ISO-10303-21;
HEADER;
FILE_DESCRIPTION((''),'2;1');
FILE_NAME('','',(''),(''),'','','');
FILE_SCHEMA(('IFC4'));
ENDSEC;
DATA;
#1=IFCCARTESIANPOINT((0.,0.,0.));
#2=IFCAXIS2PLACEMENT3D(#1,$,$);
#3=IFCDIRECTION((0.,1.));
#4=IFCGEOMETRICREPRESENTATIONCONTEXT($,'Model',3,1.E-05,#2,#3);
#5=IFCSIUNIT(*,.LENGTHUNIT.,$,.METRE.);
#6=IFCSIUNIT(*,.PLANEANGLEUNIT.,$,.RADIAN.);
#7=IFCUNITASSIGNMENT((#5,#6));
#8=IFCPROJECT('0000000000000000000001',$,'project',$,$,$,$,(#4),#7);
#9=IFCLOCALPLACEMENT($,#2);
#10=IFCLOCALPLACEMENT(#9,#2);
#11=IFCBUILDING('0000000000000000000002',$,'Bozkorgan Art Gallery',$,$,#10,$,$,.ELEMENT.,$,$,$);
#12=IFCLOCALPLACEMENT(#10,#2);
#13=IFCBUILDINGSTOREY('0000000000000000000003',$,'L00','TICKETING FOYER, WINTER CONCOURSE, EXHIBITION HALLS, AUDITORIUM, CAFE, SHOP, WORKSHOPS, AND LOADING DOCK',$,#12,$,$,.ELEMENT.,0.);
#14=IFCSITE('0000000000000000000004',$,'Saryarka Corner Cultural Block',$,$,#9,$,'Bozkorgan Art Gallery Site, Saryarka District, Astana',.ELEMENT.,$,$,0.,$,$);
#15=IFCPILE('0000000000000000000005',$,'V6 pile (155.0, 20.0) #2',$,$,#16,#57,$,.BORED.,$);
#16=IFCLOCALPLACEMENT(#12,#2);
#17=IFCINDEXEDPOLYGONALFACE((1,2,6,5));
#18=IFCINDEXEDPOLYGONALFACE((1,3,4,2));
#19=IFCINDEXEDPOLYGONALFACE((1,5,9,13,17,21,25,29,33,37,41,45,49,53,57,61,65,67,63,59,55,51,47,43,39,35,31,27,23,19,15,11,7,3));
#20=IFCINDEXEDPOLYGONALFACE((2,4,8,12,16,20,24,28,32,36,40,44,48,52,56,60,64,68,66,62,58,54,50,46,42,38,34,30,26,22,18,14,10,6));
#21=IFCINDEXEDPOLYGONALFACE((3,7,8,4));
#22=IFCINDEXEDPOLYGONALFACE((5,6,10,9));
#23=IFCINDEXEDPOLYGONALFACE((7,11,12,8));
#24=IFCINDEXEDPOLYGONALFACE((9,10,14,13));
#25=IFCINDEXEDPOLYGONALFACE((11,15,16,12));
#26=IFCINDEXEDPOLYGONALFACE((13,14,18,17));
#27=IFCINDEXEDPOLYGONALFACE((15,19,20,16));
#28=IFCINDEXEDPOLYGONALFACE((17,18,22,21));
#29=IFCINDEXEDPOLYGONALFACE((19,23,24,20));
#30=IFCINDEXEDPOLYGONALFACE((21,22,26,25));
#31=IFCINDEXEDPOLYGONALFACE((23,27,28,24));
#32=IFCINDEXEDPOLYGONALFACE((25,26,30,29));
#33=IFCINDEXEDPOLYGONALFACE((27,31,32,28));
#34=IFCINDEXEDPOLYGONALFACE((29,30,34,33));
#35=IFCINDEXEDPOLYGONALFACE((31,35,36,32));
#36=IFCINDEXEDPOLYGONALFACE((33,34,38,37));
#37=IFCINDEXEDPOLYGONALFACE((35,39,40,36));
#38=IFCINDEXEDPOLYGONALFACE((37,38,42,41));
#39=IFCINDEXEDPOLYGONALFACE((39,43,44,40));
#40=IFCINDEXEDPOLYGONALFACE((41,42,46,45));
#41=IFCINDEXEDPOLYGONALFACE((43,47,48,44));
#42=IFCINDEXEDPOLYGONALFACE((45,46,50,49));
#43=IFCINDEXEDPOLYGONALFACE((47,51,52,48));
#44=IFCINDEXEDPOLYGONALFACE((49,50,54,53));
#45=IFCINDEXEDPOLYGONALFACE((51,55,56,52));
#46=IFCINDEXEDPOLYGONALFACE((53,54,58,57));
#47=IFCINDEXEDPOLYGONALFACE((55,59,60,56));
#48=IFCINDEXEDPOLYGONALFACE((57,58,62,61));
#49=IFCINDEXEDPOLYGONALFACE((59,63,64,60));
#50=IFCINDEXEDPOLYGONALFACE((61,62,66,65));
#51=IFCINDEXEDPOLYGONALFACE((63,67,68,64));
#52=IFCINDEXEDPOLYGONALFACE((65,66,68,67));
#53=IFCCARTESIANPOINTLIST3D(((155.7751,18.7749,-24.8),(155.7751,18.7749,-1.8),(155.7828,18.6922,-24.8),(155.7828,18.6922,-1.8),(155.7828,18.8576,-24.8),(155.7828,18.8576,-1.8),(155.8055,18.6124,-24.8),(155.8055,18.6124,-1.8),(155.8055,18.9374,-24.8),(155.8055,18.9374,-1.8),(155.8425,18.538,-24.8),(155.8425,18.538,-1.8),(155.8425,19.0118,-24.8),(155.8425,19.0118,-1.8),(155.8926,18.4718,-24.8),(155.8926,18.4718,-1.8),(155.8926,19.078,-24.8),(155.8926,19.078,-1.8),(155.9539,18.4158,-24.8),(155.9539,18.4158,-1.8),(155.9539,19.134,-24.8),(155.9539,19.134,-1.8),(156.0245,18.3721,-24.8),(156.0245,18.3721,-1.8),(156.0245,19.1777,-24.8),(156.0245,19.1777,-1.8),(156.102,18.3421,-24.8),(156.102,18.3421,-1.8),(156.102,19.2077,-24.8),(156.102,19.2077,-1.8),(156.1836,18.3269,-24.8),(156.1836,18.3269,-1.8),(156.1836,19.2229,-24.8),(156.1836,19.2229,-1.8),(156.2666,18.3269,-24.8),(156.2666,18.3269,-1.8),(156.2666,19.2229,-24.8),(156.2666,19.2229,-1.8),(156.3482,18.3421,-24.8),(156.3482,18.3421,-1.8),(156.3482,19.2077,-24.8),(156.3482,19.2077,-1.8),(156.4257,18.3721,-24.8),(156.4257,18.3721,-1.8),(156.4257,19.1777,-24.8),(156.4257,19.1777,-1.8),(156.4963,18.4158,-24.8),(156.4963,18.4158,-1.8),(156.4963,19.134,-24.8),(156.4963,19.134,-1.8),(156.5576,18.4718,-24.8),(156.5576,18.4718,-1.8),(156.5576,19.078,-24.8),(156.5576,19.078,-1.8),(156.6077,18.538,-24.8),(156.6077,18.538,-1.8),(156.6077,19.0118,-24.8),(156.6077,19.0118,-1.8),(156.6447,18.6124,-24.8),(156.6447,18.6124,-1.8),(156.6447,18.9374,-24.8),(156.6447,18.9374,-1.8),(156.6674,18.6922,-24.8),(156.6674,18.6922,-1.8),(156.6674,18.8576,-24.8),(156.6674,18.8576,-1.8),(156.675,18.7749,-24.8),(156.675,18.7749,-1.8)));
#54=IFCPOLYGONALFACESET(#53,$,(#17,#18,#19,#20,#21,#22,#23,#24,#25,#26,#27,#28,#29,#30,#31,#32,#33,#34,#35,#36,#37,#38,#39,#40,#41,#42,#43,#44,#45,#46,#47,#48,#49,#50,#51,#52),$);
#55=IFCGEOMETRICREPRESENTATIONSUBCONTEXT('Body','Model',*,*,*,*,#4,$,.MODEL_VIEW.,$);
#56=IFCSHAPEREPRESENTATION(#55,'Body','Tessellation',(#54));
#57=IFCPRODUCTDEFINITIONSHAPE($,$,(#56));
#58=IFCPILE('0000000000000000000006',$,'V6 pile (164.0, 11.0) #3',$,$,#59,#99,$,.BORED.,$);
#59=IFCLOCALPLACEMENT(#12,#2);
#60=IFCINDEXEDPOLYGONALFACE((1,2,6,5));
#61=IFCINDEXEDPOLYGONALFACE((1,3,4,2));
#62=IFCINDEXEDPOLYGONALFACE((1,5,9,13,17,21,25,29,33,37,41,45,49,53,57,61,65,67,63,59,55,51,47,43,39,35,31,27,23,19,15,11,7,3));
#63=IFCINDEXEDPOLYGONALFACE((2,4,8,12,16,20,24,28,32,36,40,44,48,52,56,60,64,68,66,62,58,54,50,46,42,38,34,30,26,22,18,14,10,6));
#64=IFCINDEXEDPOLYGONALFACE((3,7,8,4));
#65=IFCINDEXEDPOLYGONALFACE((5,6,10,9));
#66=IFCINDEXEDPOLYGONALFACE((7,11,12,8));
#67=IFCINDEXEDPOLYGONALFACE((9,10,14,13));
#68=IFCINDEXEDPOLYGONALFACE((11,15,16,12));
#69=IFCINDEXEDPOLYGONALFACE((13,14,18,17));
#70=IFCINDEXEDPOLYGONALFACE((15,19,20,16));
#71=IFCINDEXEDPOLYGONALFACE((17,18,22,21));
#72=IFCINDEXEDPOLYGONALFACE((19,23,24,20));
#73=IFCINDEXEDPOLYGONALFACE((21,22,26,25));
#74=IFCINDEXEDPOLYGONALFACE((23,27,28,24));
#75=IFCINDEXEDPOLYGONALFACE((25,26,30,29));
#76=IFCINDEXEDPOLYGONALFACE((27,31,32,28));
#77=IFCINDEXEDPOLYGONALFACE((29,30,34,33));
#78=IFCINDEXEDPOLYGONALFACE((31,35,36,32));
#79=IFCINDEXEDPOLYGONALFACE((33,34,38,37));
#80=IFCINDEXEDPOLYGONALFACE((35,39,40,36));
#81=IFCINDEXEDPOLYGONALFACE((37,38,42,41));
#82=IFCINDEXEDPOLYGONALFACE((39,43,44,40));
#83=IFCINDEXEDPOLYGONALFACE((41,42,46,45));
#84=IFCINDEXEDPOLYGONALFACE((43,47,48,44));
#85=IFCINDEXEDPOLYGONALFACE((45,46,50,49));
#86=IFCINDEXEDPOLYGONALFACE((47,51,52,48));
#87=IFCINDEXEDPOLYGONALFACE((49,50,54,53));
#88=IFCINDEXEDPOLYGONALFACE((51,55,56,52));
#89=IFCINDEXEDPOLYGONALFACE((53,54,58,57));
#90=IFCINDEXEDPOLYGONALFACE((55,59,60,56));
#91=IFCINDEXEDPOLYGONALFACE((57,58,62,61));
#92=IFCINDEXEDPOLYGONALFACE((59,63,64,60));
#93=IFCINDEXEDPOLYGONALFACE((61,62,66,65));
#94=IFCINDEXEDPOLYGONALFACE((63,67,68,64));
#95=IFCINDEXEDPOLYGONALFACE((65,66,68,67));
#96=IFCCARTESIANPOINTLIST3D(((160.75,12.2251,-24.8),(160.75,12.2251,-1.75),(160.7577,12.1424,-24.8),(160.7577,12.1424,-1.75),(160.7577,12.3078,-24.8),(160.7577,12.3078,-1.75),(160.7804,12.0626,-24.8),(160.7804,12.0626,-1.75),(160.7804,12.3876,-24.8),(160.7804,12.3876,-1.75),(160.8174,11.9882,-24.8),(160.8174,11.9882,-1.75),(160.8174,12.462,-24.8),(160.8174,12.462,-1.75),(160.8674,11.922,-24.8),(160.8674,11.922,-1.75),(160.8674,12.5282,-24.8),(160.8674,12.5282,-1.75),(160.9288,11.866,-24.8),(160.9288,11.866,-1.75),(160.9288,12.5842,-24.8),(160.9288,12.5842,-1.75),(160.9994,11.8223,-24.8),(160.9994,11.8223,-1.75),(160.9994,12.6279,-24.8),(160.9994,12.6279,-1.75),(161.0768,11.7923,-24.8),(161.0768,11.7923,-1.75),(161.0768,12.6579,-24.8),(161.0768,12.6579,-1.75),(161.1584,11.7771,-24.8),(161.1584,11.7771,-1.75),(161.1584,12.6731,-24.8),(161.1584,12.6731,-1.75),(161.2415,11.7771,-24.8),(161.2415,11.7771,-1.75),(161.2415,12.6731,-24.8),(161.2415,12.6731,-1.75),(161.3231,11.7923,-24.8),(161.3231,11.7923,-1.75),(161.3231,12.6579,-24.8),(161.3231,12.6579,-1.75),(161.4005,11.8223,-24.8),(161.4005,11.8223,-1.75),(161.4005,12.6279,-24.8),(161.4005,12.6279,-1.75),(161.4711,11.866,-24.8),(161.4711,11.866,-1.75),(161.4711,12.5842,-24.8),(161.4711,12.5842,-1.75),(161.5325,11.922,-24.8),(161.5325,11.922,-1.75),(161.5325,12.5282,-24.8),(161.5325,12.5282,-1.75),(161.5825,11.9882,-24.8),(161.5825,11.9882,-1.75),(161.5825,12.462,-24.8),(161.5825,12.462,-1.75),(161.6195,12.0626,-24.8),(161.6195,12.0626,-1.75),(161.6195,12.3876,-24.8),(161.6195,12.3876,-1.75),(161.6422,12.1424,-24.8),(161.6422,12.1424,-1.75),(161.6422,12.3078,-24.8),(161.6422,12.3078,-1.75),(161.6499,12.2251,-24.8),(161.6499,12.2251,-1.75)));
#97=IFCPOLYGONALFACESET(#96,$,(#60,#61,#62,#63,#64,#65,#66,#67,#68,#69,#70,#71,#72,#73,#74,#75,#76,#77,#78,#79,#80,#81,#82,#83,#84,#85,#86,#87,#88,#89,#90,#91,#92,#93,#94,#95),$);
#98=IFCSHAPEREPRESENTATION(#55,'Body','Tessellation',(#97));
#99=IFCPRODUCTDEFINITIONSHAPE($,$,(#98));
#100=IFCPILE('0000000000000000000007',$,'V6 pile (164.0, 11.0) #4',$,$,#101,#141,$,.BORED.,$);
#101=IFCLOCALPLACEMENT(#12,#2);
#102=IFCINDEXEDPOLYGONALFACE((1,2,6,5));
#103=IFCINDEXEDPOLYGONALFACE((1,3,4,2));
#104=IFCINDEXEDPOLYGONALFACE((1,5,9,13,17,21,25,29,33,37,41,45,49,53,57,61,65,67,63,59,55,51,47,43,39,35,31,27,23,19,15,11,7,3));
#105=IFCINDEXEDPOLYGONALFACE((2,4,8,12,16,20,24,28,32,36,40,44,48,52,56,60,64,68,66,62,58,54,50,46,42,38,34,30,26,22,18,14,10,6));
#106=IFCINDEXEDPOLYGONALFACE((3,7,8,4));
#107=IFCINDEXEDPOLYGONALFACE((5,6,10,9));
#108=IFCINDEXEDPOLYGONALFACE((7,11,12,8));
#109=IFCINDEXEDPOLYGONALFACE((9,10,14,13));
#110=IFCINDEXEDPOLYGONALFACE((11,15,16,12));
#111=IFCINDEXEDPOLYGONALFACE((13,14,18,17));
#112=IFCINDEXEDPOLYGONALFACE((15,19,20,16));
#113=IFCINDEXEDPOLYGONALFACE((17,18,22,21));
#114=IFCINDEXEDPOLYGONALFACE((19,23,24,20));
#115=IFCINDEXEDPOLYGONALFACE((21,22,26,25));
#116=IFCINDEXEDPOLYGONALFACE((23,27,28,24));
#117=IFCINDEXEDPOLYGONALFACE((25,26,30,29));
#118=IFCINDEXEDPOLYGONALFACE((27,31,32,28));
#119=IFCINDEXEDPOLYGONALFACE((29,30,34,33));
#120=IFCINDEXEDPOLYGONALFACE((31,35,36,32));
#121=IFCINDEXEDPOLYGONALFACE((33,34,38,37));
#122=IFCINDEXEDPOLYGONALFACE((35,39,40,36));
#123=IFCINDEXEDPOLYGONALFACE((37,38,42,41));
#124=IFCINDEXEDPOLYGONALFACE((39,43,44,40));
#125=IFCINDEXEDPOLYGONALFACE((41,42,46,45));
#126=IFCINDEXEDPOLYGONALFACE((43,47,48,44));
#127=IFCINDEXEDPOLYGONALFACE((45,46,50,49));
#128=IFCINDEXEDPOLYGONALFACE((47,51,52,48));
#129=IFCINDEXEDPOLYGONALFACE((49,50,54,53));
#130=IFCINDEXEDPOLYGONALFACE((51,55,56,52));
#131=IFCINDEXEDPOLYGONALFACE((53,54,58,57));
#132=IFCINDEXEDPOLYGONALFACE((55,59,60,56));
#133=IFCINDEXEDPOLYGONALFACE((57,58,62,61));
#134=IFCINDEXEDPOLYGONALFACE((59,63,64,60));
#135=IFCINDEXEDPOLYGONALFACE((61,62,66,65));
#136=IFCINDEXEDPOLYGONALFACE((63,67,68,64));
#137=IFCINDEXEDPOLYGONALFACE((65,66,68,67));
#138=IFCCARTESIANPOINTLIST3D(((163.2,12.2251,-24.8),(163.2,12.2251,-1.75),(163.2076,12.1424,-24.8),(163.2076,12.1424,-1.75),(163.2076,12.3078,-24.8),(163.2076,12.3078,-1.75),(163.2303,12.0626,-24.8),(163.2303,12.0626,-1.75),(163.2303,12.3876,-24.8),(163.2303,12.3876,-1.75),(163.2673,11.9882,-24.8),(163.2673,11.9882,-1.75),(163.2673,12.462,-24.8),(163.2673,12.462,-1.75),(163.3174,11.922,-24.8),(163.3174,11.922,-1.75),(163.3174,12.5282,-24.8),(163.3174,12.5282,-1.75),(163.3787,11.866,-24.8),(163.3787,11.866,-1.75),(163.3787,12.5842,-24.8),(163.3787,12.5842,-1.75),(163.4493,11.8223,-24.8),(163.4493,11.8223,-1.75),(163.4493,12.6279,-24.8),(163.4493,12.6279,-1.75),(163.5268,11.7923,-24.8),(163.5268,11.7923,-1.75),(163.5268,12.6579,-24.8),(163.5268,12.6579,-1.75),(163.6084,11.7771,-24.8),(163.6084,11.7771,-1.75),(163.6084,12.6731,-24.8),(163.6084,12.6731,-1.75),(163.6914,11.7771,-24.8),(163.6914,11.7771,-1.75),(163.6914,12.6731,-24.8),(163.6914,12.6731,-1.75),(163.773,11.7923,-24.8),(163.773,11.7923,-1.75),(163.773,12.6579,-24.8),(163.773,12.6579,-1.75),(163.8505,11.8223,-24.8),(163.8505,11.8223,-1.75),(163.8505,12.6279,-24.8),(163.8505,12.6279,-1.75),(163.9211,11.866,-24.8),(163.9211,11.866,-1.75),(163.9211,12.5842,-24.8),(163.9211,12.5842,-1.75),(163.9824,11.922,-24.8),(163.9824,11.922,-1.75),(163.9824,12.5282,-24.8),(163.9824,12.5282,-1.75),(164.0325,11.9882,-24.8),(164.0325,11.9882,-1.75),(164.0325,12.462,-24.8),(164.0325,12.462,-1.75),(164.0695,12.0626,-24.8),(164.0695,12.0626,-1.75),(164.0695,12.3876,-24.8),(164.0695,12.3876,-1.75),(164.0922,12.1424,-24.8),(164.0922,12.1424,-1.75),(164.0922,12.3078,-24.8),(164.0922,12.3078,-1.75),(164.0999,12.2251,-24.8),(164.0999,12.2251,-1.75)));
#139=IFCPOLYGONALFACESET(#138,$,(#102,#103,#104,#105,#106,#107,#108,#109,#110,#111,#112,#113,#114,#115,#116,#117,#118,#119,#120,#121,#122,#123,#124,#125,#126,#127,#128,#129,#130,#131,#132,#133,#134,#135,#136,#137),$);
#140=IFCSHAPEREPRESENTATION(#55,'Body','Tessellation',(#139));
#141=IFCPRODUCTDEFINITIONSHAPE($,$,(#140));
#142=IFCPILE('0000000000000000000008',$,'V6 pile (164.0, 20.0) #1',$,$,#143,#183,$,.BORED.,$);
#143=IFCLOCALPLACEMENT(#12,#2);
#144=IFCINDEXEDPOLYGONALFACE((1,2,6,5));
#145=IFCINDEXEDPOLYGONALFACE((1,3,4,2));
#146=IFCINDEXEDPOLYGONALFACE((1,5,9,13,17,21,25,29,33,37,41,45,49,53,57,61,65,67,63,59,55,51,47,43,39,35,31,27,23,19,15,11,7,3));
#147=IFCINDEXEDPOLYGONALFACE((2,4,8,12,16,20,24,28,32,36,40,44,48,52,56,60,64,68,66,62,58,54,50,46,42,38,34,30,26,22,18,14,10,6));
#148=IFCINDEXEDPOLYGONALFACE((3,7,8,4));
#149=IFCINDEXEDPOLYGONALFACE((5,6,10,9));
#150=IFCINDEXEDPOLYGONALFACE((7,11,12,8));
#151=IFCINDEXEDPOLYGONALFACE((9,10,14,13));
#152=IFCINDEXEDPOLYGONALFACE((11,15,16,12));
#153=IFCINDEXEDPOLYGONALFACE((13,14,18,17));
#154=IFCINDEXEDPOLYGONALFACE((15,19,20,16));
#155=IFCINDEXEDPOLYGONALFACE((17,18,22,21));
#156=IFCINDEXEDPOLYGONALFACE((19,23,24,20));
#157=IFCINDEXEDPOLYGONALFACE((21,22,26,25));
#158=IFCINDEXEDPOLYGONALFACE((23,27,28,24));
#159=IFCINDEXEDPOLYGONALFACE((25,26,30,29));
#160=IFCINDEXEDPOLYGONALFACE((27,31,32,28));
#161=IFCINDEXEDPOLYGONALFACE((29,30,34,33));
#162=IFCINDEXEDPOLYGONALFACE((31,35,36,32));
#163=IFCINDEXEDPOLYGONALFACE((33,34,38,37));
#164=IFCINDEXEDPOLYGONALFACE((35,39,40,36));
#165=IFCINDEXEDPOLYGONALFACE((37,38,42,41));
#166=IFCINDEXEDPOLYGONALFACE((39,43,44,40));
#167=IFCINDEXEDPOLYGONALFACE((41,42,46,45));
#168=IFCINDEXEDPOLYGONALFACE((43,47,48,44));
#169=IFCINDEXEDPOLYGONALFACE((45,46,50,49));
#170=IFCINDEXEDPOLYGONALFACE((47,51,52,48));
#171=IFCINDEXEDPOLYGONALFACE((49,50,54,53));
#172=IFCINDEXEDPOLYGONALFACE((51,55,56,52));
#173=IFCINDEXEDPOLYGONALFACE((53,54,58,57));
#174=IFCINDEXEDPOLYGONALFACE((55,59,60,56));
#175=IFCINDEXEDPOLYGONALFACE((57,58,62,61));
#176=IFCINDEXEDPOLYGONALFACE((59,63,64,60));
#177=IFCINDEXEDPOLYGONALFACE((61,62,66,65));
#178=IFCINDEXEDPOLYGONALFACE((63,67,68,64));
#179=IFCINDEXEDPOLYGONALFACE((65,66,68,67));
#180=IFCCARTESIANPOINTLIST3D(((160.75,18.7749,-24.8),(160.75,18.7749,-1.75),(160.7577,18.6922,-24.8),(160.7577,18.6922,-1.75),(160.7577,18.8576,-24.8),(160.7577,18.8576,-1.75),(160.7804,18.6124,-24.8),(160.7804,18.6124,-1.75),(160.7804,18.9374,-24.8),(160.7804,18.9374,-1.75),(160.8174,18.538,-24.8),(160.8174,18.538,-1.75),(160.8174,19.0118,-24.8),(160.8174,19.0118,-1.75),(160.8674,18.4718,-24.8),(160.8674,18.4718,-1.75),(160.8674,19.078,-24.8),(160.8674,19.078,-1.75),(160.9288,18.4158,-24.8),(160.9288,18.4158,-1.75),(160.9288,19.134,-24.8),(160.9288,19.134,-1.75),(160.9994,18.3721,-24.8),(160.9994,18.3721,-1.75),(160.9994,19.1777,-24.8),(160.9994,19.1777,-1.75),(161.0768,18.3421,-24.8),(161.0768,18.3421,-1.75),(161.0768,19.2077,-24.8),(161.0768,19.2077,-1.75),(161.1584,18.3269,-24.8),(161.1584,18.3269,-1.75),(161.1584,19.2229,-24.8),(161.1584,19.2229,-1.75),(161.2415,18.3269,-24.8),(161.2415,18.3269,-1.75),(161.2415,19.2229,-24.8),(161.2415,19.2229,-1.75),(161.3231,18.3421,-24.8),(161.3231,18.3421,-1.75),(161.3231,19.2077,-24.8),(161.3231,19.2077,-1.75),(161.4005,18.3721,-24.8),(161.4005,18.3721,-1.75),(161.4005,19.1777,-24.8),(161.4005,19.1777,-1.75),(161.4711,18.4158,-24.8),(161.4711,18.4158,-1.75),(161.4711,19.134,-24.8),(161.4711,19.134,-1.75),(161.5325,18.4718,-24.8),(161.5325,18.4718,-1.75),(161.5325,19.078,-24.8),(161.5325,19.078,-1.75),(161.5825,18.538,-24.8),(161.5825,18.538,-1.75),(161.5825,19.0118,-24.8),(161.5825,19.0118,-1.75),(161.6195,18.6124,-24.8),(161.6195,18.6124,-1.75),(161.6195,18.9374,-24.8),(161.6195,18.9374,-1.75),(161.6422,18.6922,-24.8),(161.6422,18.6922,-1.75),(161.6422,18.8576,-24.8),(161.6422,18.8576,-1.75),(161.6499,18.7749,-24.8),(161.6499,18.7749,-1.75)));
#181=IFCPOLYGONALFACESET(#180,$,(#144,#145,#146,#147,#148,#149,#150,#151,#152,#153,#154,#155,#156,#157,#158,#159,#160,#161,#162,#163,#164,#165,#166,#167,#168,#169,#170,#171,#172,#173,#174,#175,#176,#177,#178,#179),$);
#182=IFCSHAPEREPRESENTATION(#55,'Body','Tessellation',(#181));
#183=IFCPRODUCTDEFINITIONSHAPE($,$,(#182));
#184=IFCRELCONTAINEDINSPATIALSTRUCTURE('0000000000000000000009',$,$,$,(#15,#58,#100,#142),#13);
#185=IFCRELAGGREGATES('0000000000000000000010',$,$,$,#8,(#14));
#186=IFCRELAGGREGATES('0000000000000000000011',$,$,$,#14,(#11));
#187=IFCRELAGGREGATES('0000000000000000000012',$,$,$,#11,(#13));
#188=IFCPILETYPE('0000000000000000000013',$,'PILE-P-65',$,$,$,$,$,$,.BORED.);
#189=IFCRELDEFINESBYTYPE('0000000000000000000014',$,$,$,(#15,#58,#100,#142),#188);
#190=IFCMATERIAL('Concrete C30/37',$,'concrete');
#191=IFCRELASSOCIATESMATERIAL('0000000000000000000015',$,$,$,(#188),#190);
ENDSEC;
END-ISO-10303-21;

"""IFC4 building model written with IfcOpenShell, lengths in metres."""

from ifc_helpers import new_model, si_unit, direction, frame, origin, origin_2d, place, context, subcontext, project, spatial, circle, extrude, material, material_profile, profile_set, type_object, element, save


model = new_model("IFC4")

# Units and contexts
model_context = context("Model", 3, precision=1e-05, world=origin(), true_north=direction((0.0, 1.0)))
body_context = subcontext(model_context, "Body", "Model", "MODEL_VIEW")
ifc_project = project(units=[si_unit("LENGTHUNIT", "METRE"), si_unit("PLANEANGLEUNIT", "RADIAN")], contexts=[model_context])

# Site, building, storey
site_placement = place(None, origin())
site = spatial("IfcSite", under=ifc_project, at=site_placement, Name="Saryarka Corner Cultural Block", LongName="Bozkorgan Art Gallery Site, Saryarka District, Astana", CompositionType="ELEMENT", RefElevation=0.0)
building_placement = place(site_placement, origin())
building = spatial("IfcBuilding", under=site, at=building_placement, Name="Bozkorgan Art Gallery", CompositionType="ELEMENT")
storey_placement = place(building_placement, origin())
storey = spatial("IfcBuildingStorey", under=building, at=storey_placement, Name="L00", Description="TICKETING FOYER, WINTER CONCOURSE, EXHIBITION HALLS, AUDITORIUM, CAFE, SHOP, WORKSHOPS, AND LOADING DOCK", CompositionType="ELEMENT", Elevation=0.0)

# Shared definitions
ifc_material_1 = material(Name="Concrete C30/37", Category="concrete")

# Piles
ifc_material_profile_1 = material_profile(ifc_material_1, circle(Radius=0.45, at=origin_2d()), Name="PILE D900")
ifc_profile_set_1 = profile_set([ifc_material_profile_1], Name="Concrete C30/37")
pile_type_1 = type_object("IfcPileType", Name="PILE-P-65", PredefinedType="BORED", material=ifc_profile_set_1)
for number, where, z_axis, x_axis, name in (
    (1, (156.2251, 18.7749, -1.8), (0.0, 0.0, -1.0), (1.0, 0.0, 0.0), "V6 pile (155.0, 20.0) #2"),
):
    element("IfcPile", number, at=place(storey_placement, frame(where, z_axis=z_axis, x_axis=x_axis)), inside=storey, type_object=pile_type_1, Name=name, PredefinedType="BORED", context=body_context, shape_type="SweptSolid", body=[
        extrude(circle(Radius=0.45, at=origin_2d()), origin(), (0.0, 0.0, 1.0), 23.0),
    ])
for number, where, z_axis, x_axis, name in (
    (2, (161.2, 12.2251, -1.75), (0.0, 0.0, -1.0), (1.0, 0.0, 0.0), "V6 pile (164.0, 11.0) #3"),
    (3, (163.6499, 12.2251, -1.75), (0.0, 0.0, -1.0), (1.0, 0.0, 0.0), "V6 pile (164.0, 11.0) #4"),
    (4, (161.2, 18.7749, -1.75), (0.0, 0.0, -1.0), (1.0, 0.0, 0.0), "V6 pile (164.0, 20.0) #1"),
):
    element("IfcPile", number, at=place(storey_placement, frame(where, z_axis=z_axis, x_axis=x_axis)), inside=storey, type_object=pile_type_1, Name=name, PredefinedType="BORED", context=body_context, shape_type="SweptSolid", body=[
        extrude(circle(Radius=0.45, at=origin_2d()), origin(), (0.0, 0.0, 1.0), 23.05),
    ])

save(model, "model.ifc")
